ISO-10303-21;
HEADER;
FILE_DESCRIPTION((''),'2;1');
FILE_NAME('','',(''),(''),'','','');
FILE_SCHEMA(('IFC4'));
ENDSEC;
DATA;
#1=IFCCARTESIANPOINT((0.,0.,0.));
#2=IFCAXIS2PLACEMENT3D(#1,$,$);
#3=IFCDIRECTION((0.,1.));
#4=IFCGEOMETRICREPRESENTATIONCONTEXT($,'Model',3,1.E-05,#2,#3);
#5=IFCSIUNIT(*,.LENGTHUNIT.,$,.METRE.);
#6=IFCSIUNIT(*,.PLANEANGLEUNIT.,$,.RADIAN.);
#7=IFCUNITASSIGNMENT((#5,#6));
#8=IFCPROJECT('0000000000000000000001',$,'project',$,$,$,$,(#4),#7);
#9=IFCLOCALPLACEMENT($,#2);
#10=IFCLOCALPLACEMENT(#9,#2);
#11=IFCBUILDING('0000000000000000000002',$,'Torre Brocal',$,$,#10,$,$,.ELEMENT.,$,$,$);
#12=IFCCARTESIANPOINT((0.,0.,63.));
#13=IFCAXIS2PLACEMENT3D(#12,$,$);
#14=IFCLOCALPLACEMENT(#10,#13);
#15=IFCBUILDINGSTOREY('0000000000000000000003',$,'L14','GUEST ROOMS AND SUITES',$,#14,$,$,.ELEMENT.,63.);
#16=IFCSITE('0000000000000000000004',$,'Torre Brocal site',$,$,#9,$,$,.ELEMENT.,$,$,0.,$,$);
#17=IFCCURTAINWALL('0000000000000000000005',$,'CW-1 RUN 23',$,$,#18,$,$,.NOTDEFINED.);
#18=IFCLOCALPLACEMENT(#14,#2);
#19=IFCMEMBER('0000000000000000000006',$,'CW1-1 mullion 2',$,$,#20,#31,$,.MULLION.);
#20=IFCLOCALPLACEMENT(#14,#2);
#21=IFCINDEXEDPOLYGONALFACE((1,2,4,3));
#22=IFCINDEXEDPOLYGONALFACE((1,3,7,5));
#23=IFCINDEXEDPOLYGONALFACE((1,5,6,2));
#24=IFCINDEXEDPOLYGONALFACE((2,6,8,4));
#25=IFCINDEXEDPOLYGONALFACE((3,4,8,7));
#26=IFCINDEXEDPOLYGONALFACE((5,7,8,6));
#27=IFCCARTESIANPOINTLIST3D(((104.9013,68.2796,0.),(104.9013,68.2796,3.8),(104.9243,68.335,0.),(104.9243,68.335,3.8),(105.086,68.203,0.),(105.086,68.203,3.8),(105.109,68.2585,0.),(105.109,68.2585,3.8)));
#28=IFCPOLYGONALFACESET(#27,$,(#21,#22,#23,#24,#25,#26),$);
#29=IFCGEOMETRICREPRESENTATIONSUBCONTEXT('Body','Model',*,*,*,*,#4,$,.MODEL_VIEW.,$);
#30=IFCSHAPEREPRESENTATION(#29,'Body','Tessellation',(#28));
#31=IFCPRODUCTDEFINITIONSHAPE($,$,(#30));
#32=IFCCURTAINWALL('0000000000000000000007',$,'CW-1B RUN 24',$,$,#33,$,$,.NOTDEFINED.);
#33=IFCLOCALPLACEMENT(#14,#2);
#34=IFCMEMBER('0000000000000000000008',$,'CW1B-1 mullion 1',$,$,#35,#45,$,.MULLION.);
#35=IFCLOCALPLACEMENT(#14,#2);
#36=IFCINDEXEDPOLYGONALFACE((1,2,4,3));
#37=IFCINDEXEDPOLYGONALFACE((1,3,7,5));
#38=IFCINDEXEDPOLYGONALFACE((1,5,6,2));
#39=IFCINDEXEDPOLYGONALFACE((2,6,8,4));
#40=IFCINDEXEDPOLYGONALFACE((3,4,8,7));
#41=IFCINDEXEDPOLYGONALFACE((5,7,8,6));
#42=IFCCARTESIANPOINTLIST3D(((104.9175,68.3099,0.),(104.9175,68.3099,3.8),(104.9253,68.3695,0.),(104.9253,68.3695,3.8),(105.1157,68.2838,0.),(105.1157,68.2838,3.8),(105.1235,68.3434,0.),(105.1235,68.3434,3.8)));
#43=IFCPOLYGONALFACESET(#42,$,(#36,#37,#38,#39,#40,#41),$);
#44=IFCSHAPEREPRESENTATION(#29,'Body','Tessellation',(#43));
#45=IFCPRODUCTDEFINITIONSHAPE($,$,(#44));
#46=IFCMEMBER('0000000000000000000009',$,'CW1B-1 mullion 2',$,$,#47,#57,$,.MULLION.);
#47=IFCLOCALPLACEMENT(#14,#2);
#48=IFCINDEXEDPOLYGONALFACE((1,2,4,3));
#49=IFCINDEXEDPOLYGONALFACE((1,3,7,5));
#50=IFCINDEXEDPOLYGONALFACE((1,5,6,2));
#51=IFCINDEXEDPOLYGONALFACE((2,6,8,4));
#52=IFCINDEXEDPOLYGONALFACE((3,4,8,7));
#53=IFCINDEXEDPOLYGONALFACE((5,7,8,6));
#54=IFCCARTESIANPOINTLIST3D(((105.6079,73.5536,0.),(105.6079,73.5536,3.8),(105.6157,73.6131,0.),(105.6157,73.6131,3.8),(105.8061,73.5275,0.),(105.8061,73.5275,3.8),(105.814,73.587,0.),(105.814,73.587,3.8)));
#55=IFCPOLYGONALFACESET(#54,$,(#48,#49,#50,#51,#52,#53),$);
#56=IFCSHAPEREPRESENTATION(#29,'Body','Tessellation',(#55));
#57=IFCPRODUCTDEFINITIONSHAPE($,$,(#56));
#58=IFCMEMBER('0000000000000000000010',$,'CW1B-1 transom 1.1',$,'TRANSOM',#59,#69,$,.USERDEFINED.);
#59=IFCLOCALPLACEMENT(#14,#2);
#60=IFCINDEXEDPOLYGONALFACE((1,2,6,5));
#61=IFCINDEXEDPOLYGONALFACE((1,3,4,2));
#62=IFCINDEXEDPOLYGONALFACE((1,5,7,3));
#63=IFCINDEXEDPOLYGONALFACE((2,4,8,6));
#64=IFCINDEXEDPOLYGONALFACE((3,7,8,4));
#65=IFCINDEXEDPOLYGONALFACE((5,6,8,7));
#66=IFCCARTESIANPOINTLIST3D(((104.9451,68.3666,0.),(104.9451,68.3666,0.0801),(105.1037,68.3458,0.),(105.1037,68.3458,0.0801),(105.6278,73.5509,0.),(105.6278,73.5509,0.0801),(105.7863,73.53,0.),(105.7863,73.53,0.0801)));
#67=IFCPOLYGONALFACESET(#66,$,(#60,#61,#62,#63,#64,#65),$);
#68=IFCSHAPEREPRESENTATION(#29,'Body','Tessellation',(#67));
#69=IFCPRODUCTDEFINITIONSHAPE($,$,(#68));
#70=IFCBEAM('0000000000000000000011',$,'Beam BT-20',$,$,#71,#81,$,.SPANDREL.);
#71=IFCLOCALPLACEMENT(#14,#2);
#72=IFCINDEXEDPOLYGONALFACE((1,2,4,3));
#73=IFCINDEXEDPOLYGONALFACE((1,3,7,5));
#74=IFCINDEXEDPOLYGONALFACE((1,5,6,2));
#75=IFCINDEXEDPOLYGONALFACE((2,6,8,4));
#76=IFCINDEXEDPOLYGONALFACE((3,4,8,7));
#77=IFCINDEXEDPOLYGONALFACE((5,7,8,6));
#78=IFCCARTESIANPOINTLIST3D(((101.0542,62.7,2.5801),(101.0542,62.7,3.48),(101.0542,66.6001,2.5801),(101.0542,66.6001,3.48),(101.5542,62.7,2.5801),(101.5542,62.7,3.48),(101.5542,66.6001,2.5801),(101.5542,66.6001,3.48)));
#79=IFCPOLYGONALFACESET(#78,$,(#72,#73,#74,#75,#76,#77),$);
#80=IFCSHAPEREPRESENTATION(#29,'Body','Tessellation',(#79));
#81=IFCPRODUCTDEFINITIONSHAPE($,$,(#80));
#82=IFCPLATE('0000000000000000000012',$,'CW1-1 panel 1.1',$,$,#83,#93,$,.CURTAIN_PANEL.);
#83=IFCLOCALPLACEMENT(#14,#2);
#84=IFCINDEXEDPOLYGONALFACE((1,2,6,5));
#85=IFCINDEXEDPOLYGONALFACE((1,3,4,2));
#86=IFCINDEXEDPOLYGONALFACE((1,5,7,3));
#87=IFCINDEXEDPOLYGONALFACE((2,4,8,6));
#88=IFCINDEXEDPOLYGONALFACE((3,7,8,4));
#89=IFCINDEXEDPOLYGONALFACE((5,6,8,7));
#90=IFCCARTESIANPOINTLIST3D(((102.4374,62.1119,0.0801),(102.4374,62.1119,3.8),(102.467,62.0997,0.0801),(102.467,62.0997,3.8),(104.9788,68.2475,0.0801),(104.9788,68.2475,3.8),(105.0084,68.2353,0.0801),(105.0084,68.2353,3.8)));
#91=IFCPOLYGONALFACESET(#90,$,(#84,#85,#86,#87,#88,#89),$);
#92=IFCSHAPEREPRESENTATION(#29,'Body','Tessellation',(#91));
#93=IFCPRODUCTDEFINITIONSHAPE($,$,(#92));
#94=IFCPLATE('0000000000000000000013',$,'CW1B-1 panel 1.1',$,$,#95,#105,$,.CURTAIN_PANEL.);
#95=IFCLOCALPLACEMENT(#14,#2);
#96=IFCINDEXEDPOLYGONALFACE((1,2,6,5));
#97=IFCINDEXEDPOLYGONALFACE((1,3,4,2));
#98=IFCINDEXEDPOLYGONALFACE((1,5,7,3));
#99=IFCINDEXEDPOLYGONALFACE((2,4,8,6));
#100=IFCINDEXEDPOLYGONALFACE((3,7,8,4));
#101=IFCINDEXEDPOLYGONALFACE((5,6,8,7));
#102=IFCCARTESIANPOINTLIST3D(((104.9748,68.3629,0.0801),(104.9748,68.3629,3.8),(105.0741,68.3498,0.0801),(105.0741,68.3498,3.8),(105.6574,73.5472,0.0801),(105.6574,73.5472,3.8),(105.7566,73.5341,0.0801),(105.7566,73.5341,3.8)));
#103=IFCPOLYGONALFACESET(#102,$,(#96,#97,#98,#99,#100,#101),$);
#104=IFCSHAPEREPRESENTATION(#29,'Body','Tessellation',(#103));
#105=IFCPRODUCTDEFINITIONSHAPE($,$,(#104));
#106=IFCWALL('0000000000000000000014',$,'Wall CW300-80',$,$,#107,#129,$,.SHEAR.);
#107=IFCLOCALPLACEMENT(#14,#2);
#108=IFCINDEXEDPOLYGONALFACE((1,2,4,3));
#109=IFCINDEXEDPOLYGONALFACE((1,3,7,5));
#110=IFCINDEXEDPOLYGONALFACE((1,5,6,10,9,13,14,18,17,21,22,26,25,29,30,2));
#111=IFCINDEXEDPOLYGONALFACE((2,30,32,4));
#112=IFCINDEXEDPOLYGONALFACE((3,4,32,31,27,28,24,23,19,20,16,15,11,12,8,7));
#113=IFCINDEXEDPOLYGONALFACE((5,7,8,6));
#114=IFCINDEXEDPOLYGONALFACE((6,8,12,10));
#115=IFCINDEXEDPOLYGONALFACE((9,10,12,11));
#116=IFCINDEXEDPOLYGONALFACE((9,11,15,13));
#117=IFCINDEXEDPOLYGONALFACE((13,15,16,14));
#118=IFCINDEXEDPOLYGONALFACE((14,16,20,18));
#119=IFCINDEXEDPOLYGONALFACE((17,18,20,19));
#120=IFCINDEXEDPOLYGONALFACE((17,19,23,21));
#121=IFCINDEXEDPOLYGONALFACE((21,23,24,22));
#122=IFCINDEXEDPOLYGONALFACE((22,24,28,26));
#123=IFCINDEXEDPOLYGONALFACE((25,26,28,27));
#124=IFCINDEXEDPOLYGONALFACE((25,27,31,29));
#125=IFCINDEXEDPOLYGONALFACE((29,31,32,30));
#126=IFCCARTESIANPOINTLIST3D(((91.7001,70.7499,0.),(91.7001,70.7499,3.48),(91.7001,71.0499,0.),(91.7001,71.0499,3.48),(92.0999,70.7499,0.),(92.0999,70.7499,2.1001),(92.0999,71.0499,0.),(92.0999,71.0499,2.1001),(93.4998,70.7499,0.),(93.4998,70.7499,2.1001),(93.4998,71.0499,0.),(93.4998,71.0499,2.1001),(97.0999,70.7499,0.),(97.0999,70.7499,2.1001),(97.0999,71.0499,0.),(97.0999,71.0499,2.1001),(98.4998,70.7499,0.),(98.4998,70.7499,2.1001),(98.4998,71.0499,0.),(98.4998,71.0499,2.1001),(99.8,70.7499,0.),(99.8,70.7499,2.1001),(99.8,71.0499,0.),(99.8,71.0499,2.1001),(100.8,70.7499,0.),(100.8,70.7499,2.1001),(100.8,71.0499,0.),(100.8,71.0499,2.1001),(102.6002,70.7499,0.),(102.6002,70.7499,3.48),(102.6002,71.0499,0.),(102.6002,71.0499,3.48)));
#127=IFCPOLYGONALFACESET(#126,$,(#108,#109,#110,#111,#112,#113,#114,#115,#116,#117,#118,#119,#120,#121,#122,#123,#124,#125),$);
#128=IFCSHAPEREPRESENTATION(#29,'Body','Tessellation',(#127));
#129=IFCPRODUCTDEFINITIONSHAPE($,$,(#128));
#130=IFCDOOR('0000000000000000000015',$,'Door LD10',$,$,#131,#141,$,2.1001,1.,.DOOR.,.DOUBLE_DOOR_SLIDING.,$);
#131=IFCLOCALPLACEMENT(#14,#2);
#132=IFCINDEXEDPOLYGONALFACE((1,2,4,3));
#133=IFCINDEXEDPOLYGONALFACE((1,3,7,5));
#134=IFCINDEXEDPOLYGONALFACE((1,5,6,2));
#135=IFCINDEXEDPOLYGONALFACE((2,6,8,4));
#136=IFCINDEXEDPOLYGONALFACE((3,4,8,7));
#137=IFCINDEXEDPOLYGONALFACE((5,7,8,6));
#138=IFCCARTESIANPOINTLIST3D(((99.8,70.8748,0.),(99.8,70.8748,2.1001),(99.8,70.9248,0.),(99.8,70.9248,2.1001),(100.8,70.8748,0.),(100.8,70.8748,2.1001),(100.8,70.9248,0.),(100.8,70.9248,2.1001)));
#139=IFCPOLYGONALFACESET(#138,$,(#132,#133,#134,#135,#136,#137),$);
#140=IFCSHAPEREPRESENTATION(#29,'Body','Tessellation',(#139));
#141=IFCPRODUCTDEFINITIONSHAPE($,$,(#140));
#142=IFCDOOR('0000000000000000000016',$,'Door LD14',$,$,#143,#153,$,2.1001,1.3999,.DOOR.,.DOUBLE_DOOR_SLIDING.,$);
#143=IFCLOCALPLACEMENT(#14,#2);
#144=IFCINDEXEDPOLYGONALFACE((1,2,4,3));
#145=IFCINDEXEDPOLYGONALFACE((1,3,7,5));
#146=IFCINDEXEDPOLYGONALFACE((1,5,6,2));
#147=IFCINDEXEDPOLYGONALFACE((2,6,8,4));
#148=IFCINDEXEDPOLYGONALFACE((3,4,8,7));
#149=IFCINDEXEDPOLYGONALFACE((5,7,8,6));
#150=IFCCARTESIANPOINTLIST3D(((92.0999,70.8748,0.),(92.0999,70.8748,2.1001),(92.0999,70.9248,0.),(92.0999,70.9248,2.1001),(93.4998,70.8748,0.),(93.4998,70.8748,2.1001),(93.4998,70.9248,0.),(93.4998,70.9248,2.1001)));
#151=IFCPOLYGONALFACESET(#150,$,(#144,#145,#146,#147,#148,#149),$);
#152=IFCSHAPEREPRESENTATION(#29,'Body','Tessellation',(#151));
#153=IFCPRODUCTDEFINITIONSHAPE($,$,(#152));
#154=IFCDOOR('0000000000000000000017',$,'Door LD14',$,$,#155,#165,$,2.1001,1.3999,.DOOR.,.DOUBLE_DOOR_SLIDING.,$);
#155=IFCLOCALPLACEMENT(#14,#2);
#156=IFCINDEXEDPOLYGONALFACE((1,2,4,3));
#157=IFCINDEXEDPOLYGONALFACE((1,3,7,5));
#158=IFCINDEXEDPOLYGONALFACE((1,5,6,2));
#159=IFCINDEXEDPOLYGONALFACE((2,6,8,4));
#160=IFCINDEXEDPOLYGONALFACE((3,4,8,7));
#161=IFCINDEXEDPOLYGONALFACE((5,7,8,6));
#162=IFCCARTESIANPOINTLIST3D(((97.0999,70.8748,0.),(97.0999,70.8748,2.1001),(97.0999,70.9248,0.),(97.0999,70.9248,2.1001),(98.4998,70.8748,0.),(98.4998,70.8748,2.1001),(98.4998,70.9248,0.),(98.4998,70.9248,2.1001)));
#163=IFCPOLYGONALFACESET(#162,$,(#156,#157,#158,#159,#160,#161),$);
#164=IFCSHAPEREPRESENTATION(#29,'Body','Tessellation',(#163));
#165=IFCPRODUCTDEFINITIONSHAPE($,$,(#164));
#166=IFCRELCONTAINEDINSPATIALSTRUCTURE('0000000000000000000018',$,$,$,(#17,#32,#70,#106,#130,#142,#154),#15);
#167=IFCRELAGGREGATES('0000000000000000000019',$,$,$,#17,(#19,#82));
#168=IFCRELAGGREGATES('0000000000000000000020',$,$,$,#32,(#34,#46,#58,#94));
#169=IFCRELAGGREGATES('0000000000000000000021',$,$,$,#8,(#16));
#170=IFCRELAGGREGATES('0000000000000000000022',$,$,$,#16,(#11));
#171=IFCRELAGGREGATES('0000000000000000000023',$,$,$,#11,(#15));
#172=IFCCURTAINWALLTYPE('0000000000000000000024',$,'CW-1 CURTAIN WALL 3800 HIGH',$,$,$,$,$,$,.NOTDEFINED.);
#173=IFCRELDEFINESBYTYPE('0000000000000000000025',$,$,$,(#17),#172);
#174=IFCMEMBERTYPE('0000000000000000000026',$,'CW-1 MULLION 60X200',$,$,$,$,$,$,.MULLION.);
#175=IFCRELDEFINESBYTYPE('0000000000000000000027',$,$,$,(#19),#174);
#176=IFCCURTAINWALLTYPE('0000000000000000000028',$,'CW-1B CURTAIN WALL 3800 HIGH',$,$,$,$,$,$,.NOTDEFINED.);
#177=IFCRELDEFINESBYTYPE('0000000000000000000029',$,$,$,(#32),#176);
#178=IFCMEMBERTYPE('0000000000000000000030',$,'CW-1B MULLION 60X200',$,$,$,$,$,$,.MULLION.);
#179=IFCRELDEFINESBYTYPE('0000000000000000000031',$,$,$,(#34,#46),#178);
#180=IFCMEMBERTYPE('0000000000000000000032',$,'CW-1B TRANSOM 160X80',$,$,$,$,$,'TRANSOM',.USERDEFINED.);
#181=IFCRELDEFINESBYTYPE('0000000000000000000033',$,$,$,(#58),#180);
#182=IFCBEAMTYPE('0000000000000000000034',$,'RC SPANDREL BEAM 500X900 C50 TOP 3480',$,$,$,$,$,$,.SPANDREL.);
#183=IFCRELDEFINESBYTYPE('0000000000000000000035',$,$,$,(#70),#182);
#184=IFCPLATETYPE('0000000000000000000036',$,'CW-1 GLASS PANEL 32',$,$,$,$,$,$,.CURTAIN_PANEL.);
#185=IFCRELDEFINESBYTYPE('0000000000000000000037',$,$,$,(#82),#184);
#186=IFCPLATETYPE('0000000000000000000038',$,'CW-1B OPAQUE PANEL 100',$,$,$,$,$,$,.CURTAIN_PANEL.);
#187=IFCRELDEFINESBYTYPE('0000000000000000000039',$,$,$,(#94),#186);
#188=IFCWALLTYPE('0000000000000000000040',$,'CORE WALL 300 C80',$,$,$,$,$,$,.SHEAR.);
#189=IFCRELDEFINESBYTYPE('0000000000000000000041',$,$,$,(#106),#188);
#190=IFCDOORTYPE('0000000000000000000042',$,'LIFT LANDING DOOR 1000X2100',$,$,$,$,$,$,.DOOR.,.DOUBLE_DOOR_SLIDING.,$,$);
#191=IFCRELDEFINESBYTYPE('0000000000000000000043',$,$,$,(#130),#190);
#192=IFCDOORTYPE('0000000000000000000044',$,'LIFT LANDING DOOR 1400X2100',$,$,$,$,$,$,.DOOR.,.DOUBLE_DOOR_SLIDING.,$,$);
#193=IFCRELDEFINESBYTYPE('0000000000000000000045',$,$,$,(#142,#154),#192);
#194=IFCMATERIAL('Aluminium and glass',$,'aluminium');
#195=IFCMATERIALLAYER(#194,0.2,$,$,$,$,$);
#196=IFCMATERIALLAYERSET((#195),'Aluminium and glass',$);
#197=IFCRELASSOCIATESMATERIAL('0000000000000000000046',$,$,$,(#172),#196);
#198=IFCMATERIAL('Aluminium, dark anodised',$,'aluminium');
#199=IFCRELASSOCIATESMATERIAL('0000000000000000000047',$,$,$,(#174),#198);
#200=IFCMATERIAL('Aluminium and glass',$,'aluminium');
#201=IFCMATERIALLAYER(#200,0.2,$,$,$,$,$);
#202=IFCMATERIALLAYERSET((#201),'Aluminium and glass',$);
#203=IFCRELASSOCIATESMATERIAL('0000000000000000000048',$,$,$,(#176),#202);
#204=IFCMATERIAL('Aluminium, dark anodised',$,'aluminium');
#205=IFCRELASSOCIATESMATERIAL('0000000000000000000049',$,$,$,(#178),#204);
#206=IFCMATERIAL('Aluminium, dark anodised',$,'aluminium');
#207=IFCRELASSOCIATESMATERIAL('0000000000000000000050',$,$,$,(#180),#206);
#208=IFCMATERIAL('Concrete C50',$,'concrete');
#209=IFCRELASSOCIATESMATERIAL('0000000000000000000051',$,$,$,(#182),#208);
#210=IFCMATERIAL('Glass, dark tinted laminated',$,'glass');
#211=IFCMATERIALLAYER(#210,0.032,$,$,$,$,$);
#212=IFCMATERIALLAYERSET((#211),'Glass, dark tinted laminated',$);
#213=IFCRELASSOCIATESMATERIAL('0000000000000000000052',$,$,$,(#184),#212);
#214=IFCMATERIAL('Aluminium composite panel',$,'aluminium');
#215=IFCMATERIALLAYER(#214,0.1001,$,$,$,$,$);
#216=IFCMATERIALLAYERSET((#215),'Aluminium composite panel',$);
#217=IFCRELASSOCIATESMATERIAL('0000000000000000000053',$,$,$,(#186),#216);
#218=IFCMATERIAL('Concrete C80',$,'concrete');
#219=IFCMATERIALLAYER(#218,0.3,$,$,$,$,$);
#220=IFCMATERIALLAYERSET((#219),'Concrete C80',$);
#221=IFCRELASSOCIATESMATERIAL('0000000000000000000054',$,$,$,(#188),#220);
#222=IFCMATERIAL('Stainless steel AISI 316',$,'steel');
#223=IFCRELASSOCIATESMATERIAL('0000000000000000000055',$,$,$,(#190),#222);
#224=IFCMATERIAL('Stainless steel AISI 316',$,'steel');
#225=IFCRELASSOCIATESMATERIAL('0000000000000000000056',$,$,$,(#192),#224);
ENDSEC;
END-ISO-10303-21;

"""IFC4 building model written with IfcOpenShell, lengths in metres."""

from ifc_helpers import new_model, si_unit, direction, frame, frame_2d, origin, origin_2d, place, context, subcontext, project, spatial, rectangle, extrude, material, layer, layer_set, material_profile, profile_set, type_object, element, fill, aggregate, save


model = new_model("IFC4")

# Units and contexts
model_context = context("Model", 3, precision=1e-05, world=origin(), true_north=direction((0.0, 1.0)))
body_context = subcontext(model_context, "Body", "Model", "MODEL_VIEW")
ifc_project = project(units=[si_unit("LENGTHUNIT", "METRE"), si_unit("PLANEANGLEUNIT", "RADIAN")], contexts=[model_context])

# Site, building, storey
site_placement = place(None, origin())
site = spatial("IfcSite", under=ifc_project, at=site_placement, Name="Torre Brocal site", CompositionType="ELEMENT", RefElevation=0.0)
building_placement = place(site_placement, origin())
building = spatial("IfcBuilding", under=site, at=building_placement, Name="Torre Brocal", CompositionType="ELEMENT")
storey_placement = place(building_placement, frame((0.0, 0.0, 63.0)))
storey = spatial("IfcBuildingStorey", under=building, at=storey_placement, Name="L14", Description="GUEST ROOMS AND SUITES", CompositionType="ELEMENT", Elevation=63.0)

# Curtain wall, member
ifc_material_1 = material(Name="Aluminium and glass", Category="aluminium")
ifc_layer_1 = layer(ifc_material_1, 0.2)
ifc_layer_set_1 = layer_set([ifc_layer_1], Name="Aluminium and glass")
curtain_wall_type_1 = type_object("IfcCurtainWallType", Name="CW-1 CURTAIN WALL 3800 HIGH", PredefinedType="NOTDEFINED", material=ifc_layer_set_1)
curtain_wall_1_placement = place(storey_placement, origin())
curtain_wall_1 = element("IfcCurtainWall", 1, at=curtain_wall_1_placement, inside=storey, type_object=curtain_wall_type_1, Name="CW-1 RUN 23", PredefinedType="NOTDEFINED")
ifc_material_2 = material(Name="Aluminium, dark anodised", Category="aluminium")
ifc_material_profile_1 = material_profile(ifc_material_2, rectangle(XDim=0.2, YDim=0.0601, at=origin_2d()), Name="CW-1 MULLION 60X200")
ifc_profile_set_1 = profile_set([ifc_material_profile_1], Name="Aluminium, dark anodised")
member_type_1 = type_object("IfcMemberType", Name="CW-1 MULLION 60X200", PredefinedType="MULLION", material=ifc_profile_set_1)
member_1_placement = place(storey_placement, frame((105.0051, 68.269, 0.0), z_axis=(0.0, 0.0, 1.0), x_axis=(-0.92388, 0.382683, 0.0)))
member_1 = element("IfcMember", 2, at=member_1_placement, type_object=member_type_1, Name="CW1-1 mullion 2", PredefinedType="MULLION", context=body_context, shape_type="SweptSolid", body=[
    extrude(rectangle(XDim=0.2, YDim=0.0601, at=origin_2d()), origin(), (0.0, 0.0, 1.0), 3.8),
])

# Curtain wall, members
ifc_material_3 = material(Name="Aluminium and glass", Category="aluminium")
ifc_layer_2 = layer(ifc_material_3, 0.2)
ifc_layer_set_2 = layer_set([ifc_layer_2], Name="Aluminium and glass")
curtain_wall_type_2 = type_object("IfcCurtainWallType", Name="CW-1B CURTAIN WALL 3800 HIGH", PredefinedType="NOTDEFINED", material=ifc_layer_set_2)
curtain_wall_2_placement = place(storey_placement, origin())
curtain_wall_2 = element("IfcCurtainWall", 3, at=curtain_wall_2_placement, inside=storey, type_object=curtain_wall_type_2, Name="CW-1B RUN 24", PredefinedType="NOTDEFINED")
ifc_material_4 = material(Name="Aluminium, dark anodised", Category="aluminium")
ifc_material_profile_2 = material_profile(ifc_material_4, rectangle(XDim=0.2, YDim=0.0601, at=origin_2d()), Name="CW-1B MULLION 60X200")
ifc_profile_set_2 = profile_set([ifc_material_profile_2], Name="Aluminium, dark anodised")
member_type_2 = type_object("IfcMemberType", Name="CW-1B MULLION 60X200", PredefinedType="MULLION", material=ifc_profile_set_2)
member_2_placement = place(storey_placement, frame((105.0205, 68.3267, 0.0), z_axis=(0.0, 0.0, 1.0), x_axis=(-0.991445, 0.130526, 0.0)))
member_2 = element("IfcMember", 4, at=member_2_placement, type_object=member_type_2, Name="CW1B-1 mullion 1", PredefinedType="MULLION", context=body_context, shape_type="SweptSolid", body=[
    extrude(rectangle(XDim=0.2, YDim=0.0601, at=origin_2d()), origin(), (0.0, 0.0, 1.0), 3.8),
])
member_3_placement = place(storey_placement, frame((105.7109, 73.5703, 0.0), z_axis=(0.0, 0.0, 1.0), x_axis=(-0.991445, 0.130526, 0.0)))
member_3 = element("IfcMember", 5, at=member_3_placement, type_object=member_type_2, Name="CW1B-1 mullion 2", PredefinedType="MULLION", context=body_context, shape_type="SweptSolid", body=[
    extrude(rectangle(XDim=0.2, YDim=0.0601, at=origin_2d()), origin(), (0.0, 0.0, 1.0), 3.8),
])
ifc_material_5 = material(Name="Aluminium, dark anodised", Category="aluminium")
ifc_material_profile_3 = material_profile(ifc_material_5, rectangle(XDim=0.1599, YDim=0.0801, at=origin_2d()), Name="CW-1B TRANSOM 160X80")
ifc_profile_set_3 = profile_set([ifc_material_profile_3], Name="Aluminium, dark anodised")
member_type_3 = type_object("IfcMemberType", Name="CW-1B TRANSOM 160X80", ElementType="TRANSOM", PredefinedType="USERDEFINED", material=ifc_profile_set_3)
member_4_placement = place(storey_placement, frame((105.0244, 68.3562, 0.04), z_axis=(0.130543, 0.991443, 0.0), x_axis=(-0.991443, 0.130543, 0.0)))
member_4 = element("IfcMember", 6, at=member_4_placement, type_object=member_type_3, Name="CW1B-1 transom 1.1", ObjectType="TRANSOM", PredefinedType="USERDEFINED", context=body_context, shape_type="SweptSolid", body=[
    extrude(rectangle(XDim=0.1599, YDim=0.0801, at=origin_2d()), origin(), (0.0, 0.0, 1.0), 5.229),
])

# Beam
ifc_material_6 = material(Name="Concrete C50", Category="concrete")
ifc_material_profile_4 = material_profile(ifc_material_6, rectangle(XDim=0.5, YDim=0.8999, at=origin_2d()), Name="RC 500X900")
ifc_profile_set_4 = profile_set([ifc_material_profile_4], Name="Concrete C50")
beam_type = type_object("IfcBeamType", Name="RC SPANDREL BEAM 500X900 C50 TOP 3480", PredefinedType="SPANDREL", material=ifc_profile_set_4)
beam_placement = place(storey_placement, frame((101.3042, 62.7, 3.03), z_axis=(0.0, 1.0, 0.0), x_axis=(-1.0, 0.0, 0.0)))
element("IfcBeam", 7, at=beam_placement, inside=storey, type_object=beam_type, Name="Beam BT-20", PredefinedType="SPANDREL", context=body_context, shape_type="SweptSolid", body=[
    extrude(rectangle(XDim=0.5, YDim=0.8999, at=origin_2d()), origin(), (0.0, 0.0, 1.0), 3.9001),
])

# Plates
ifc_material_7 = material(Name="Glass, dark tinted laminated", Category="glass")
ifc_layer_3 = layer(ifc_material_7, 0.032)
ifc_layer_set_3 = layer_set([ifc_layer_3], Name="Glass, dark tinted laminated")
plate_type_1 = type_object("IfcPlateType", Name="CW-1 GLASS PANEL 32", PredefinedType="CURTAIN_PANEL", material=ifc_layer_set_3)
plate_1_placement = place(storey_placement, frame((103.7229, 65.1736, 0.0801), z_axis=(0.0, 0.0, 1.0), x_axis=(0.382683, 0.92388, 0.0)))
plate_1 = element("IfcPlate", 8, at=plate_1_placement, type_object=plate_type_1, Name="CW1-1 panel 1.1", PredefinedType="CURTAIN_PANEL", context=body_context, shape_type="SweptSolid", body=[
    extrude(rectangle(XDim=6.6411, YDim=0.032, at=origin_2d()), origin(), (0.0, 0.0, 1.0), 3.72),
])
aggregate(curtain_wall_1, [member_1, plate_1])
ifc_material_8 = material(Name="Aluminium composite panel", Category="aluminium")
ifc_layer_4 = layer(ifc_material_8, 0.1001)
ifc_layer_set_4 = layer_set([ifc_layer_4], Name="Aluminium composite panel")
plate_type_2 = type_object("IfcPlateType", Name="CW-1B OPAQUE PANEL 100", PredefinedType="CURTAIN_PANEL", material=ifc_layer_set_4)
plate_2_placement = place(storey_placement, frame((105.3657, 70.9485, 0.0801), z_axis=(0.0, 0.0, 1.0), x_axis=(0.130526, 0.991445, 0.0)))
plate_2 = element("IfcPlate", 9, at=plate_2_placement, type_object=plate_type_2, Name="CW1B-1 panel 1.1", PredefinedType="CURTAIN_PANEL", context=body_context, shape_type="SweptSolid", body=[
    extrude(rectangle(XDim=5.229, YDim=0.1001, at=origin_2d()), origin(), (0.0, 0.0, 1.0), 3.72),
])
aggregate(curtain_wall_2, [member_2, member_3, member_4, plate_2])

# Wall, openings, doors
ifc_material_9 = material(Name="Concrete C80", Category="concrete")
ifc_layer_5 = layer(ifc_material_9, 0.3)
ifc_layer_set_5 = layer_set([ifc_layer_5], Name="Concrete C80")
wall_type_1 = type_object("IfcWallType", Name="CORE WALL 300 C80", PredefinedType="SHEAR", material=ifc_layer_set_5)
wall_1_placement = place(storey_placement, frame((91.7, 70.8999, 0.0), z_axis=(0.0, 0.0, 1.0), x_axis=(1.0, 0.0, 0.0)))
wall_1 = element("IfcWall", 10, at=wall_1_placement, inside=storey, type_object=wall_type_1, Name="Wall CW300-80", PredefinedType="SHEAR", context=body_context, shape_type="SweptSolid", body=[
    extrude(rectangle(XDim=10.9001, YDim=0.3, at=frame_2d((5.4502, 0.0))), origin(), (0.0, 0.0, 1.0), 3.48),
])
opening_1_placement = place(wall_1_placement, frame((0.3999, 0.0, 0.0)))
opening_1 = element("IfcOpeningElement", 11, at=opening_1_placement, cuts=wall_1, PredefinedType="OPENING", context=body_context, shape_type="SweptSolid", body=[
    extrude(rectangle(XDim=1.3999, YDim=2.1001, at=frame_2d((0.7, 1.05))), frame((0.0, 0.1599, 0.0), z_axis=(0.0, -1.0, 0.0), x_axis=(1.0, 0.0, 0.0)), (0.0, 0.0, 1.0), 0.3201),
])
opening_2_placement = place(wall_1_placement, frame((5.3999, 0.0, 0.0)))
opening_2 = element("IfcOpeningElement", 12, at=opening_2_placement, cuts=wall_1, PredefinedType="OPENING", context=body_context, shape_type="SweptSolid", body=[
    extrude(rectangle(XDim=1.3999, YDim=2.1001, at=frame_2d((0.7, 1.05))), frame((0.0, 0.1599, 0.0), z_axis=(0.0, -1.0, 0.0), x_axis=(1.0, 0.0, 0.0)), (0.0, 0.0, 1.0), 0.3201),
])
opening_3_placement = place(wall_1_placement, frame((8.1001, 0.0, 0.0)))
opening_3 = element("IfcOpeningElement", 13, at=opening_3_placement, cuts=wall_1, PredefinedType="OPENING", context=body_context, shape_type="SweptSolid", body=[
    extrude(rectangle(XDim=1.0, YDim=2.1001, at=frame_2d((0.5, 1.05))), frame((0.0, 0.1599, 0.0), z_axis=(0.0, -1.0, 0.0), x_axis=(1.0, 0.0, 0.0)), (0.0, 0.0, 1.0), 0.3201),
])
ifc_material_10 = material(Name="Stainless steel AISI 316", Category="steel")
door_type_1 = type_object("IfcDoorType", Name="LIFT LANDING DOOR 1000X2100", OperationType="DOUBLE_DOOR_SLIDING", PredefinedType="DOOR", material=ifc_material_10)
door_1_placement = place(opening_3_placement, origin())
door_1 = element("IfcDoor", 14, at=door_1_placement, inside=storey, type_object=door_type_1, Name="Door LD10", OperationType="DOUBLE_DOOR_SLIDING", OverallHeight=2.1001, OverallWidth=1.0, PredefinedType="DOOR", context=body_context, shape_type="SweptSolid", body=[
    extrude(rectangle(XDim=1.0, YDim=2.1001, at=frame_2d((0.5, 1.05))), frame((0.0, 0.0249, 0.0), z_axis=(0.0, -1.0, 0.0), x_axis=(1.0, 0.0, 0.0)), (0.0, 0.0, 1.0), 0.05),
])
fill(opening_3, door_1)
ifc_material_11 = material(Name="Stainless steel AISI 316", Category="steel")
door_type_2 = type_object("IfcDoorType", Name="LIFT LANDING DOOR 1400X2100", OperationType="DOUBLE_DOOR_SLIDING", PredefinedType="DOOR", material=ifc_material_11)
door_2_placement = place(opening_1_placement, origin())
door_2 = element("IfcDoor", 15, at=door_2_placement, inside=storey, type_object=door_type_2, Name="Door LD14", OperationType="DOUBLE_DOOR_SLIDING", OverallHeight=2.1001, OverallWidth=1.3999, PredefinedType="DOOR", context=body_context, shape_type="SweptSolid", body=[
    extrude(rectangle(XDim=1.3999, YDim=2.1001, at=frame_2d((0.7, 1.05))), frame((0.0, 0.0249, 0.0), z_axis=(0.0, -1.0, 0.0), x_axis=(1.0, 0.0, 0.0)), (0.0, 0.0, 1.0), 0.05),
])
fill(opening_1, door_2)
door_3_placement = place(opening_2_placement, origin())
door_3 = element("IfcDoor", 16, at=door_3_placement, inside=storey, type_object=door_type_2, Name="Door LD14", OperationType="DOUBLE_DOOR_SLIDING", OverallHeight=2.1001, OverallWidth=1.3999, PredefinedType="DOOR", context=body_context, shape_type="SweptSolid", body=[
    extrude(rectangle(XDim=1.3999, YDim=2.1001, at=frame_2d((0.7, 1.05))), frame((0.0, 0.0249, 0.0), z_axis=(0.0, -1.0, 0.0), x_axis=(1.0, 0.0, 0.0)), (0.0, 0.0, 1.0), 0.05),
])
fill(opening_2, door_3)

save(model, "model.ifc")
